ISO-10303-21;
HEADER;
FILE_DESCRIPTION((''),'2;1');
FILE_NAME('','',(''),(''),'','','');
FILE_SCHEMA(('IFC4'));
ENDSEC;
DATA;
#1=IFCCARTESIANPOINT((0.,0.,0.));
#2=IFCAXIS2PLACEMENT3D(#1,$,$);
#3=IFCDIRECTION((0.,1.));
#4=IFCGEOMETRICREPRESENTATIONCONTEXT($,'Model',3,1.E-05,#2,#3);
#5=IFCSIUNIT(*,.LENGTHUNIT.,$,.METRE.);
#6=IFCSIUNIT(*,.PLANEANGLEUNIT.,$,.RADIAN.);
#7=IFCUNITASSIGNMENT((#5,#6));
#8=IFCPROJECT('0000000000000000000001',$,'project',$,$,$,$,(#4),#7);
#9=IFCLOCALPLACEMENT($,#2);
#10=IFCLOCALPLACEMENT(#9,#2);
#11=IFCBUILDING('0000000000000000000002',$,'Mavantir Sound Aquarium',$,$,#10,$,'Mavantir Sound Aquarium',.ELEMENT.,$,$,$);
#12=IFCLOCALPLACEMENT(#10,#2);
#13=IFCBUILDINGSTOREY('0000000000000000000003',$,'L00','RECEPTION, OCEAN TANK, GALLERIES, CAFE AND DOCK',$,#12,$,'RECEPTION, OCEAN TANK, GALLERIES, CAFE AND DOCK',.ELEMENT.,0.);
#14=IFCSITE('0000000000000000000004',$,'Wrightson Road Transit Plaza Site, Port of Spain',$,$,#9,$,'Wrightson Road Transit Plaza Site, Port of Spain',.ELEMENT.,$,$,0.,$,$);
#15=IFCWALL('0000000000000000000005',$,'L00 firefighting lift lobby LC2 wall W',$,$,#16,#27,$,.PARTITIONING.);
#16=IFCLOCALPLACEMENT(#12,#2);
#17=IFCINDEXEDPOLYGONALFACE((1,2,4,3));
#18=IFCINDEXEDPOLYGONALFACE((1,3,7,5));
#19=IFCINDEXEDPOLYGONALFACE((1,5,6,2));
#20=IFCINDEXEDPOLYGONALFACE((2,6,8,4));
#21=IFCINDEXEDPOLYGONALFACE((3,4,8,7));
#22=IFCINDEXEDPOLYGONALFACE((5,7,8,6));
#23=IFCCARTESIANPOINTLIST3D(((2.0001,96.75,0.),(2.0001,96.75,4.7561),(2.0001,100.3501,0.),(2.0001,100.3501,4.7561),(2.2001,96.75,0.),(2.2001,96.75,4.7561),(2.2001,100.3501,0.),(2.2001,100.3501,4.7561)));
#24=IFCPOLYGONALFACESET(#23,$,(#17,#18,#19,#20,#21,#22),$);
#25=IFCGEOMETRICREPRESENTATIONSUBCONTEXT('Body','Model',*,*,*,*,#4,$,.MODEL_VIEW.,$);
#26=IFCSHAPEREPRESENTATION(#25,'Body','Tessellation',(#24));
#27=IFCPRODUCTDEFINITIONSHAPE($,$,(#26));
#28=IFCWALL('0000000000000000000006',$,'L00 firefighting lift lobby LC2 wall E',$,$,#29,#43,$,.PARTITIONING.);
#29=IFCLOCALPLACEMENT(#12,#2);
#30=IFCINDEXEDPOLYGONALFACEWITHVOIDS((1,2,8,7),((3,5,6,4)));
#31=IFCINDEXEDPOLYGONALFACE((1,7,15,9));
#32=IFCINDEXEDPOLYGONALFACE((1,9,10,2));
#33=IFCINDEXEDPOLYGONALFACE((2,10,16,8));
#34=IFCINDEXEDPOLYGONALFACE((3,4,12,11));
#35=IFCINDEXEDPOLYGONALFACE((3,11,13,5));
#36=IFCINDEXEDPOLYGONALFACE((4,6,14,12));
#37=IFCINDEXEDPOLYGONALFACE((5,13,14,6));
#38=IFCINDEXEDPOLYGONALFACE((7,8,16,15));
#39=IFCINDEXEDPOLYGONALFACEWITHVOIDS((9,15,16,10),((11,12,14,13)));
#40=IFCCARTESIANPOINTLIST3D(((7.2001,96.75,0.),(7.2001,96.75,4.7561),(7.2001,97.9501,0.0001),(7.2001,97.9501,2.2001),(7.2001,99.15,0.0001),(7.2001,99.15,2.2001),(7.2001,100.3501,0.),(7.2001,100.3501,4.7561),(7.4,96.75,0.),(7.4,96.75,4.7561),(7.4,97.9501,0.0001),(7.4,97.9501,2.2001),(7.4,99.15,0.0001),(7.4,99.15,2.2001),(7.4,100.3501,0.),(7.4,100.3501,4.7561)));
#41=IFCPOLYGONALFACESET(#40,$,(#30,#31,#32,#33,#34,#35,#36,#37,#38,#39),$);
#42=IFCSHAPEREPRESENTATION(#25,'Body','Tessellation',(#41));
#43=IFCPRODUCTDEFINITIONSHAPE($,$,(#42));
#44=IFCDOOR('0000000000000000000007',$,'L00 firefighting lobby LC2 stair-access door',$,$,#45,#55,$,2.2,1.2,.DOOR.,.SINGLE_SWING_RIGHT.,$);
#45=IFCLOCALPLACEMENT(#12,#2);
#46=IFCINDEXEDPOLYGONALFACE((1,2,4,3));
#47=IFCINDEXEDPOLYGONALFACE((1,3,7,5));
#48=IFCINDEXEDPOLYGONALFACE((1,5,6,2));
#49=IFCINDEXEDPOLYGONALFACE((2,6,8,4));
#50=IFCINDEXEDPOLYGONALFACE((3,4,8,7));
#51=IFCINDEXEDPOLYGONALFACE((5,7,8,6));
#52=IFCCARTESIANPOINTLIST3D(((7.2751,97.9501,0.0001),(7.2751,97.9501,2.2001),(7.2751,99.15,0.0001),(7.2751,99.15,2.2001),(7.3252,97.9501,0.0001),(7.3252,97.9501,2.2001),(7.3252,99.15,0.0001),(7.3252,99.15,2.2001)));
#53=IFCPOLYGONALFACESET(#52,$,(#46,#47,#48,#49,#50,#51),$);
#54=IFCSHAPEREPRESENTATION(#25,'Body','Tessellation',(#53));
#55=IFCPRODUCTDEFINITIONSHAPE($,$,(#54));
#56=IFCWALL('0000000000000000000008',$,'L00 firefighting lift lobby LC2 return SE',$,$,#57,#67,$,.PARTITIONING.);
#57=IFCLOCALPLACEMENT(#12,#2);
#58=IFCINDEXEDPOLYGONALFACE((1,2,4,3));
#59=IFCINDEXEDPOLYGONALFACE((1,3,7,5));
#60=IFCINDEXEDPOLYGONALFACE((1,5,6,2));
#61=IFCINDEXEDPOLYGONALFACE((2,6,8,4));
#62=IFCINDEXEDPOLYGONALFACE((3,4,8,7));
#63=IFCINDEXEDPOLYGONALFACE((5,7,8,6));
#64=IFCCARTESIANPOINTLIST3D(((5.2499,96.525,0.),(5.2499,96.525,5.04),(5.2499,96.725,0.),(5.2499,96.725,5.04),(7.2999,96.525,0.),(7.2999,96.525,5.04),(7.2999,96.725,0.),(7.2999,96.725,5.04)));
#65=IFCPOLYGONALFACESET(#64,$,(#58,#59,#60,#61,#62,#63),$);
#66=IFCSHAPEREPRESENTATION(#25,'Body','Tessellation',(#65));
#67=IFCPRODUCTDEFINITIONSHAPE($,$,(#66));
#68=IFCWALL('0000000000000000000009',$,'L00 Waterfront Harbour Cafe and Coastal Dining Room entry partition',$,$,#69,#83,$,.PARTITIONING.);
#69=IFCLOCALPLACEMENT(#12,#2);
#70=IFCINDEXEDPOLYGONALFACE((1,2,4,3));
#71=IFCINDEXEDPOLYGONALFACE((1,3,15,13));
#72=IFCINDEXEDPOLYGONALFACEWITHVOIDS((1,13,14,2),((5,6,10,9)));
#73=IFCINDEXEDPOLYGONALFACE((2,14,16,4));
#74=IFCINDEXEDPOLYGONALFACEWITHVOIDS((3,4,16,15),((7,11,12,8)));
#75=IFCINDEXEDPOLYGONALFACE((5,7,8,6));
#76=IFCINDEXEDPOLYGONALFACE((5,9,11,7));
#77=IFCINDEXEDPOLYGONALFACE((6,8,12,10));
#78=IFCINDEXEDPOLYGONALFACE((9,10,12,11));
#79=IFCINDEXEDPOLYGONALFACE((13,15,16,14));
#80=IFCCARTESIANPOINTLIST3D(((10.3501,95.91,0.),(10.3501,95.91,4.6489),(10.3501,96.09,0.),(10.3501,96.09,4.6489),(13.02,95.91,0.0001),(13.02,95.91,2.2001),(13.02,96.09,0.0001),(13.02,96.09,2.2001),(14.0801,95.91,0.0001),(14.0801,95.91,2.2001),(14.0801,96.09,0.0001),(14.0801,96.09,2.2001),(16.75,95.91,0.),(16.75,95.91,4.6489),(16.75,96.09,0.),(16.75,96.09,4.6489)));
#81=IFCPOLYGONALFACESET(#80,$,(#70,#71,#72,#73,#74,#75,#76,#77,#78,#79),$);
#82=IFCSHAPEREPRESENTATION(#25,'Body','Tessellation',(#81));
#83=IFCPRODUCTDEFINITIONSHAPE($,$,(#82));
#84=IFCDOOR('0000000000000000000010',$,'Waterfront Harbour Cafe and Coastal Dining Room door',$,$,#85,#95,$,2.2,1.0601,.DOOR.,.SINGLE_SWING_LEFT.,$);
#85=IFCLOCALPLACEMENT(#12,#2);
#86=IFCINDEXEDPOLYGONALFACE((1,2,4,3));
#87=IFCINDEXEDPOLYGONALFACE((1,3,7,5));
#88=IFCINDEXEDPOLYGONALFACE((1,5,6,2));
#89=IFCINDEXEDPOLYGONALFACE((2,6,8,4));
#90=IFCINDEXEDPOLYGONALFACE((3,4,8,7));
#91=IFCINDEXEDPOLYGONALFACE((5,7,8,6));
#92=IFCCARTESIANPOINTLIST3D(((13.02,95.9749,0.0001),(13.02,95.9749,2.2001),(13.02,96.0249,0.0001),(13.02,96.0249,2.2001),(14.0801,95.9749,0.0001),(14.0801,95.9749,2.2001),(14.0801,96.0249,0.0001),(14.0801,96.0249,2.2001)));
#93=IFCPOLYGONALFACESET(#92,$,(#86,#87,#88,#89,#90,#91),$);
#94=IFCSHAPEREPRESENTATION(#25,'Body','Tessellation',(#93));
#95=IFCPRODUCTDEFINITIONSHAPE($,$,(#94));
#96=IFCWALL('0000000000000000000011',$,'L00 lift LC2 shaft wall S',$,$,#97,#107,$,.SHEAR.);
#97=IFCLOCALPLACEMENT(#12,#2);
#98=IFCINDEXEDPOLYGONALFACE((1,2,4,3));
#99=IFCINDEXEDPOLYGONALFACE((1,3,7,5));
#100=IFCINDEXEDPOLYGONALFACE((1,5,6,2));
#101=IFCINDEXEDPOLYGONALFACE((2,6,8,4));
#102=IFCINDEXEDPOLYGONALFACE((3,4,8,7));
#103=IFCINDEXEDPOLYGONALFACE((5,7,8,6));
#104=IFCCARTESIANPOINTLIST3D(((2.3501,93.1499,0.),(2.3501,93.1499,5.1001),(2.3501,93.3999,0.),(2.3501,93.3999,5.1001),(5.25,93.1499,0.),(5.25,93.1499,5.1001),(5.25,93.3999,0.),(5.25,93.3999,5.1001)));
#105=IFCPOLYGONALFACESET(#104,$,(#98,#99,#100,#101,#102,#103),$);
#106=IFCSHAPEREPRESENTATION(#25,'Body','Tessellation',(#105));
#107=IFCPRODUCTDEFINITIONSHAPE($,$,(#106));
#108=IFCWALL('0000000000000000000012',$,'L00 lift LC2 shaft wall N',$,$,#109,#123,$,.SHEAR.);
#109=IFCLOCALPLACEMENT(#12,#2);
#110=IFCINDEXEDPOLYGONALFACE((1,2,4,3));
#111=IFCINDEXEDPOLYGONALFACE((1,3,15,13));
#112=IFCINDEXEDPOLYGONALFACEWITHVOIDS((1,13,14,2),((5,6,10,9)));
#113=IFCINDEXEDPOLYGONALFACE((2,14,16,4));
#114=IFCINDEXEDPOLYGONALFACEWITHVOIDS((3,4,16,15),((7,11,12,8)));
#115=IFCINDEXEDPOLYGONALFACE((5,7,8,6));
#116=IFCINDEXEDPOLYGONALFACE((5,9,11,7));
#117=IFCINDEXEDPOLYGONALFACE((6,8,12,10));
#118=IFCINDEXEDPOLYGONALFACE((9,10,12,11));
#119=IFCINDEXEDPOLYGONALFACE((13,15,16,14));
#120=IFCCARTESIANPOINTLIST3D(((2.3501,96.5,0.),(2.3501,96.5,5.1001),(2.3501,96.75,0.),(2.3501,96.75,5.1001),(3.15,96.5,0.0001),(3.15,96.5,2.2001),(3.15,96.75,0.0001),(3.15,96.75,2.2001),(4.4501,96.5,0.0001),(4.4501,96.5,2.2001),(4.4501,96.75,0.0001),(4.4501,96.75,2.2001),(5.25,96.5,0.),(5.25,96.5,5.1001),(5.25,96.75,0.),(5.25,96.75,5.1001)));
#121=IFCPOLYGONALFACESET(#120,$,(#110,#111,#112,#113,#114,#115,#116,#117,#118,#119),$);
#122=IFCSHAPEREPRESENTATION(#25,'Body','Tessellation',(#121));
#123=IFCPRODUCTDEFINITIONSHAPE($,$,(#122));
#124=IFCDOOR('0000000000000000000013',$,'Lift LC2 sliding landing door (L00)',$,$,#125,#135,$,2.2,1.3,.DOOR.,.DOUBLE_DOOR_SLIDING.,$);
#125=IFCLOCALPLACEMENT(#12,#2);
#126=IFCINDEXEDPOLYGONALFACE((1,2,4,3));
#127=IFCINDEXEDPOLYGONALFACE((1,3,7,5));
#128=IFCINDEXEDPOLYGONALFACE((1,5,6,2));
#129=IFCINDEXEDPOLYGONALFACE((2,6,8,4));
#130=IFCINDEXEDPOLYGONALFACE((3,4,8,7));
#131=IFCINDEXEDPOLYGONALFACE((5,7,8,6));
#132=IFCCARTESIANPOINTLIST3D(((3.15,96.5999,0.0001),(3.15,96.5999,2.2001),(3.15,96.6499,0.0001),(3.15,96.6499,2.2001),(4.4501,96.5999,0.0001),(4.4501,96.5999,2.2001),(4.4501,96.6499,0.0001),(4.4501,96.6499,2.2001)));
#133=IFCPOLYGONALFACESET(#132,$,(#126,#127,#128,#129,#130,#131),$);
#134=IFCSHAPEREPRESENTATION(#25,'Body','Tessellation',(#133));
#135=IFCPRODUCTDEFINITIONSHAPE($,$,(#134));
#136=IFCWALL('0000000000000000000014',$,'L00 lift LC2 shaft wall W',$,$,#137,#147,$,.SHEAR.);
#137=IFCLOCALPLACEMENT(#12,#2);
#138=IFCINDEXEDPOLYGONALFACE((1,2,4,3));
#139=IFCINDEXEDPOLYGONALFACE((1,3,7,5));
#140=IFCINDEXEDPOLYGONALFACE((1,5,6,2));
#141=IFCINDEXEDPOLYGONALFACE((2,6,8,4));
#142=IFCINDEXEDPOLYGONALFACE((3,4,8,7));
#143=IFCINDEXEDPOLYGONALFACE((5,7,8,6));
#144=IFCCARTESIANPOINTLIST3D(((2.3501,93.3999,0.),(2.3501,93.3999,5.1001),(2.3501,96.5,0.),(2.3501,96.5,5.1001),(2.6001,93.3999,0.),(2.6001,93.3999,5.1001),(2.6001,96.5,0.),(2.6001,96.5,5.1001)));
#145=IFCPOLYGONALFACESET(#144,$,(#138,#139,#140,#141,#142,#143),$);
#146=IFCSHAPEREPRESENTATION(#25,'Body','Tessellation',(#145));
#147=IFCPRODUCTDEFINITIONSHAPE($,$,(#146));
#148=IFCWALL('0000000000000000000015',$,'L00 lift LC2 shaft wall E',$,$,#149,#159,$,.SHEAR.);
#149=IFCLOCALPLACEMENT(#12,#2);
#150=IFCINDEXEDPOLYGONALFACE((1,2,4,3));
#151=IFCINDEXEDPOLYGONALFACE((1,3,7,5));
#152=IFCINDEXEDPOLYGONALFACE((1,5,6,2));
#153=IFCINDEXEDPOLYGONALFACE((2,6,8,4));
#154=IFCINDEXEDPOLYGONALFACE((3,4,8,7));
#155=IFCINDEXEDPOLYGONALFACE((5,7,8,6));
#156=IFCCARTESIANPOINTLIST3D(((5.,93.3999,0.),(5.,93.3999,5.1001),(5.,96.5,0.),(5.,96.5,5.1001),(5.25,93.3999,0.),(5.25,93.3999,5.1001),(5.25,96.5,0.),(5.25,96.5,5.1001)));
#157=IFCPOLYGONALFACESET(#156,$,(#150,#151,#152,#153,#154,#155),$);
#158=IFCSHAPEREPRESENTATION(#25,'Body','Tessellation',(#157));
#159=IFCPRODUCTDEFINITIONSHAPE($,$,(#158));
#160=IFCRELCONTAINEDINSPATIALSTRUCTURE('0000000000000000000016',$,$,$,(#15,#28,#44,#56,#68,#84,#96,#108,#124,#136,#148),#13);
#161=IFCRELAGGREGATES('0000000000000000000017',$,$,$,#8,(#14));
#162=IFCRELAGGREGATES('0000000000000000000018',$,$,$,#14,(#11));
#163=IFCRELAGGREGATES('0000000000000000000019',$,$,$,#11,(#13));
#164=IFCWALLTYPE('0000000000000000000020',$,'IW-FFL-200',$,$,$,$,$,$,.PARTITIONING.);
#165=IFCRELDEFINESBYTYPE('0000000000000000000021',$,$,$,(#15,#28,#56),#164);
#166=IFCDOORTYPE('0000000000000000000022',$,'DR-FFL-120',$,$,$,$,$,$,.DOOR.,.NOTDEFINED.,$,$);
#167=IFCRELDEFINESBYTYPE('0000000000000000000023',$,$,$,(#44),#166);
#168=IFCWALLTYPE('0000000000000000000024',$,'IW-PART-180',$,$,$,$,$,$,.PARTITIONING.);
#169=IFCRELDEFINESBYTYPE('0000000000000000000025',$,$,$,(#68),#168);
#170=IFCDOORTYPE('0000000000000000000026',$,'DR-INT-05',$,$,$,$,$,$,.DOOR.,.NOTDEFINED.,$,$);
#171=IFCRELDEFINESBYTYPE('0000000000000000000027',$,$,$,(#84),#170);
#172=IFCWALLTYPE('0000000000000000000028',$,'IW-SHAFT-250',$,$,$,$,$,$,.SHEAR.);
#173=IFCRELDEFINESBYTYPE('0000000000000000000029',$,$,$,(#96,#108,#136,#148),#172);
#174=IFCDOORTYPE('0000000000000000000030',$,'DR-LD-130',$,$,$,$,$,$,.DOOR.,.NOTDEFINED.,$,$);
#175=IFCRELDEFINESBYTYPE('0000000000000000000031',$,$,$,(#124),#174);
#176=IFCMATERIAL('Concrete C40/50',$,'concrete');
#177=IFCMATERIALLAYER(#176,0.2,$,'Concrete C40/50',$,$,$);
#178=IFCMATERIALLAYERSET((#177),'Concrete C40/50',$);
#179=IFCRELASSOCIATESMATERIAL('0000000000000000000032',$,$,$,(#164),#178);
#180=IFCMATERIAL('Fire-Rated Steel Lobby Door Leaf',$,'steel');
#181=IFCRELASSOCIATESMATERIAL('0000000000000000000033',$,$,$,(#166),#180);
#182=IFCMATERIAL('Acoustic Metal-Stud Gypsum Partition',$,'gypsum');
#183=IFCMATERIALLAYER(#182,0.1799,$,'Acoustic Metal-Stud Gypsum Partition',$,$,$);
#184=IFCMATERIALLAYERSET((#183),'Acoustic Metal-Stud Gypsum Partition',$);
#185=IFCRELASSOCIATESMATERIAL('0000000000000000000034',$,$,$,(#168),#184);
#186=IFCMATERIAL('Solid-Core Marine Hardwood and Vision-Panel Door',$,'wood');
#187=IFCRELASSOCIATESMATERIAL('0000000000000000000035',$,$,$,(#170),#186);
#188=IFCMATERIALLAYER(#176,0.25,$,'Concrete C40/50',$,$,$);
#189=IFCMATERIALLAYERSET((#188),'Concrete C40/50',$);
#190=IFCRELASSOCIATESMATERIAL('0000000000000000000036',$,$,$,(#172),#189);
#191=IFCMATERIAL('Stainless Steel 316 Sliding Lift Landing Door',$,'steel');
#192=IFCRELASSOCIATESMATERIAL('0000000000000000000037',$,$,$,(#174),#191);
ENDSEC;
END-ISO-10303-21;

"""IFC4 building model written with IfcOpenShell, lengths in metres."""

from ifc_helpers import new_model, si_unit, direction, frame, frame_2d, origin, place, context, subcontext, project, spatial, rectangle, extrude, material, layer, layer_set, type_object, element, fill, save


model = new_model("IFC4")

# Units and contexts
model_context = context("Model", 3, precision=1e-05, world=origin(), true_north=direction((0.0, 1.0)))
body_context = subcontext(model_context, "Body", "Model", "MODEL_VIEW")
ifc_project = project(units=[si_unit("LENGTHUNIT", "METRE"), si_unit("PLANEANGLEUNIT", "RADIAN")], contexts=[model_context])

# Site, building, storey
site_placement = place(None, origin())
site = spatial("IfcSite", under=ifc_project, at=site_placement, Name="Wrightson Road Transit Plaza Site, Port of Spain", LongName="Wrightson Road Transit Plaza Site, Port of Spain", CompositionType="ELEMENT", RefElevation=0.0)
building_placement = place(site_placement, origin())
building = spatial("IfcBuilding", under=site, at=building_placement, Name="Mavantir Sound Aquarium", LongName="Mavantir Sound Aquarium", CompositionType="ELEMENT")
storey_placement = place(building_placement, origin())
storey = spatial("IfcBuildingStorey", under=building, at=storey_placement, Name="L00", Description="RECEPTION, OCEAN TANK, GALLERIES, CAFE AND DOCK", LongName="RECEPTION, OCEAN TANK, GALLERIES, CAFE AND DOCK", CompositionType="ELEMENT", Elevation=0.0)

# Shared definitions
ifc_material_1 = material(Name="Concrete C40/50", Category="concrete")

# Wall
ifc_layer_1 = layer(ifc_material_1, 0.2, Name="Concrete C40/50")
ifc_layer_set_1 = layer_set([ifc_layer_1], Name="Concrete C40/50")
wall_type_1 = type_object("IfcWallType", Name="IW-FFL-200", PredefinedType="PARTITIONING", material=ifc_layer_set_1)
wall_1_placement = place(storey_placement, frame((2.1001, 96.75, 0.0), z_axis=(0.0, 0.0, 1.0), x_axis=(0.0, 1.0, 0.0)))
element("IfcWall", 1, at=wall_1_placement, inside=storey, type_object=wall_type_1, Name="L00 firefighting lift lobby LC2 wall W", PredefinedType="PARTITIONING", context=body_context, shape_type="SweptSolid", body=[
    extrude(rectangle(XDim=3.6001, YDim=0.2, at=frame_2d((1.8, 0.0))), origin(), (0.0, 0.0, 1.0), 4.7561),
])

# Wall, opening, door
wall_2_placement = place(storey_placement, frame((7.3, 96.75, 0.0), z_axis=(0.0, 0.0, 1.0), x_axis=(0.0, 1.0, 0.0)))
wall_2 = element("IfcWall", 2, at=wall_2_placement, inside=storey, type_object=wall_type_1, Name="L00 firefighting lift lobby LC2 wall E", PredefinedType="PARTITIONING", context=body_context, shape_type="SweptSolid", body=[
    extrude(rectangle(XDim=3.6001, YDim=0.2, at=frame_2d((1.8, 0.0))), origin(), (0.0, 0.0, 1.0), 4.7561),
])
opening_1_placement = place(wall_2_placement, frame((1.2, 0.0, 0.0)))
opening_1 = element("IfcOpeningElement", 3, at=opening_1_placement, cuts=wall_2, PredefinedType="OPENING", context=body_context, shape_type="SweptSolid", body=[
    extrude(rectangle(XDim=1.2, YDim=2.2, at=frame_2d((0.6001, 1.1001))), frame((0.0, 0.1099, 0.0), z_axis=(0.0, -1.0, 0.0), x_axis=(1.0, 0.0, 0.0)), (0.0, 0.0, 1.0), 0.22),
])
ifc_material_2 = material(Name="Fire-Rated Steel Lobby Door Leaf", Category="steel")
door_type_1 = type_object("IfcDoorType", Name="DR-FFL-120", OperationType="NOTDEFINED", PredefinedType="DOOR", material=ifc_material_2)
door_1_placement = place(opening_1_placement, origin())
door_1 = element("IfcDoor", 4, at=door_1_placement, inside=storey, type_object=door_type_1, Name="L00 firefighting lobby LC2 stair-access door", OperationType="SINGLE_SWING_RIGHT", OverallHeight=2.2, OverallWidth=1.2, PredefinedType="DOOR", context=body_context, shape_type="SweptSolid", body=[
    extrude(rectangle(XDim=1.2, YDim=2.2, at=frame_2d((0.6001, 1.1001))), frame((0.0, 0.0249, 0.0), z_axis=(0.0, -1.0, 0.0), x_axis=(1.0, 0.0, 0.0)), (0.0, 0.0, 1.0), 0.05),
])
fill(opening_1, door_1)

# Wall
wall_3_placement = place(storey_placement, frame((5.25, 96.625, 0.0), z_axis=(0.0, 0.0, 1.0), x_axis=(1.0, 0.0, 0.0)))
element("IfcWall", 5, at=wall_3_placement, inside=storey, type_object=wall_type_1, Name="L00 firefighting lift lobby LC2 return SE", PredefinedType="PARTITIONING", context=body_context, shape_type="SweptSolid", body=[
    extrude(rectangle(XDim=2.05, YDim=0.2, at=frame_2d((1.0249, 0.0))), origin(), (0.0, 0.0, 1.0), 5.04),
])

# Wall, opening, door
ifc_material_3 = material(Name="Acoustic Metal-Stud Gypsum Partition", Category="gypsum")
ifc_layer_2 = layer(ifc_material_3, 0.1799, Name="Acoustic Metal-Stud Gypsum Partition")
ifc_layer_set_2 = layer_set([ifc_layer_2], Name="Acoustic Metal-Stud Gypsum Partition")
wall_type_2 = type_object("IfcWallType", Name="IW-PART-180", PredefinedType="PARTITIONING", material=ifc_layer_set_2)
wall_4_placement = place(storey_placement, frame((10.3501, 96.0, 0.0), z_axis=(0.0, 0.0, 1.0), x_axis=(1.0, 0.0, 0.0)))
wall_4 = element("IfcWall", 6, at=wall_4_placement, inside=storey, type_object=wall_type_2, Name="L00 Waterfront Harbour Cafe and Coastal Dining Room entry partition", PredefinedType="PARTITIONING", context=body_context, shape_type="SweptSolid", body=[
    extrude(rectangle(XDim=6.3999, YDim=0.1799, at=frame_2d((3.2, 0.0))), origin(), (0.0, 0.0, 1.0), 4.6489),
])
opening_2_placement = place(wall_4_placement, frame((2.6699, 0.0, 0.0)))
opening_2 = element("IfcOpeningElement", 7, at=opening_2_placement, cuts=wall_4, PredefinedType="OPENING", context=body_context, shape_type="SweptSolid", body=[
    extrude(rectangle(XDim=1.0601, YDim=2.2, at=frame_2d((0.53, 1.1001))), frame((0.0, 0.1001, 0.0), z_axis=(0.0, -1.0, 0.0), x_axis=(1.0, 0.0, 0.0)), (0.0, 0.0, 1.0), 0.2),
])
ifc_material_4 = material(Name="Solid-Core Marine Hardwood and Vision-Panel Door", Category="wood")
door_type_2 = type_object("IfcDoorType", Name="DR-INT-05", OperationType="NOTDEFINED", PredefinedType="DOOR", material=ifc_material_4)
door_2_placement = place(opening_2_placement, origin())
door_2 = element("IfcDoor", 8, at=door_2_placement, inside=storey, type_object=door_type_2, Name="Waterfront Harbour Cafe and Coastal Dining Room door", OperationType="SINGLE_SWING_LEFT", OverallHeight=2.2, OverallWidth=1.0601, PredefinedType="DOOR", context=body_context, shape_type="SweptSolid", body=[
    extrude(rectangle(XDim=1.0601, YDim=2.2, at=frame_2d((0.53, 1.1001))), frame((0.0, 0.0249, 0.0), z_axis=(0.0, -1.0, 0.0), x_axis=(1.0, 0.0, 0.0)), (0.0, 0.0, 1.0), 0.05),
])
fill(opening_2, door_2)

# Wall
ifc_layer_3 = layer(ifc_material_1, 0.25, Name="Concrete C40/50")
ifc_layer_set_3 = layer_set([ifc_layer_3], Name="Concrete C40/50")
wall_type_3 = type_object("IfcWallType", Name="IW-SHAFT-250", PredefinedType="SHEAR", material=ifc_layer_set_3)
wall_5_placement = place(storey_placement, frame((2.3501, 93.2749, 0.0), z_axis=(0.0, 0.0, 1.0), x_axis=(1.0, 0.0, 0.0)))
element("IfcWall", 9, at=wall_5_placement, inside=storey, type_object=wall_type_3, Name="L00 lift LC2 shaft wall S", PredefinedType="SHEAR", context=body_context, shape_type="SweptSolid", body=[
    extrude(rectangle(XDim=2.8999, YDim=0.25, at=frame_2d((1.45, 0.0))), origin(), (0.0, 0.0, 1.0), 5.1001),
])

# Wall, opening, door
wall_6_placement = place(storey_placement, frame((2.3501, 96.625, 0.0), z_axis=(0.0, 0.0, 1.0), x_axis=(1.0, 0.0, 0.0)))
wall_6 = element("IfcWall", 10, at=wall_6_placement, inside=storey, type_object=wall_type_3, Name="L00 lift LC2 shaft wall N", PredefinedType="SHEAR", context=body_context, shape_type="SweptSolid", body=[
    extrude(rectangle(XDim=2.8999, YDim=0.25, at=frame_2d((1.45, 0.0))), origin(), (0.0, 0.0, 1.0), 5.1001),
])
opening_3_placement = place(wall_6_placement, frame((0.8, 0.0, 0.0)))
opening_3 = element("IfcOpeningElement", 11, at=opening_3_placement, cuts=wall_6, PredefinedType="OPENING", context=body_context, shape_type="SweptSolid", body=[
    extrude(rectangle(XDim=1.3, YDim=2.2, at=frame_2d((0.6499, 1.1001))), frame((0.0, 0.135, 0.0), z_axis=(0.0, -1.0, 0.0), x_axis=(1.0, 0.0, 0.0)), (0.0, 0.0, 1.0), 0.27),
])
ifc_material_5 = material(Name="Stainless Steel 316 Sliding Lift Landing Door", Category="steel")
door_type_3 = type_object("IfcDoorType", Name="DR-LD-130", OperationType="NOTDEFINED", PredefinedType="DOOR", material=ifc_material_5)
door_3_placement = place(opening_3_placement, origin())
door_3 = element("IfcDoor", 12, at=door_3_placement, inside=storey, type_object=door_type_3, Name="Lift LC2 sliding landing door (L00)", OperationType="DOUBLE_DOOR_SLIDING", OverallHeight=2.2, OverallWidth=1.3, PredefinedType="DOOR", context=body_context, shape_type="SweptSolid", body=[
    extrude(rectangle(XDim=1.3, YDim=2.2, at=frame_2d((0.6499, 1.1001))), frame((0.0, 0.0249, 0.0), z_axis=(0.0, -1.0, 0.0), x_axis=(1.0, 0.0, 0.0)), (0.0, 0.0, 1.0), 0.05),
])
fill(opening_3, door_3)

# Walls
for number, where, z_axis, x_axis, name in (
    (13, (2.4751, 93.3999, 0.0), (0.0, 0.0, 1.0), (0.0, 1.0, 0.0), "L00 lift LC2 shaft wall W"),
    (14, (5.125, 93.3999, 0.0), (0.0, 0.0, 1.0), (0.0, 1.0, 0.0), "L00 lift LC2 shaft wall E"),
):
    element("IfcWall", number, at=place(storey_placement, frame(where, z_axis=z_axis, x_axis=x_axis)), inside=storey, type_object=wall_type_3, Name=name, PredefinedType="SHEAR", context=body_context, shape_type="SweptSolid", body=[
        extrude(rectangle(XDim=3.1001, YDim=0.25, at=frame_2d((1.55, 0.0))), origin(), (0.0, 0.0, 1.0), 5.1001),
    ])

save(model, "model.ifc")
